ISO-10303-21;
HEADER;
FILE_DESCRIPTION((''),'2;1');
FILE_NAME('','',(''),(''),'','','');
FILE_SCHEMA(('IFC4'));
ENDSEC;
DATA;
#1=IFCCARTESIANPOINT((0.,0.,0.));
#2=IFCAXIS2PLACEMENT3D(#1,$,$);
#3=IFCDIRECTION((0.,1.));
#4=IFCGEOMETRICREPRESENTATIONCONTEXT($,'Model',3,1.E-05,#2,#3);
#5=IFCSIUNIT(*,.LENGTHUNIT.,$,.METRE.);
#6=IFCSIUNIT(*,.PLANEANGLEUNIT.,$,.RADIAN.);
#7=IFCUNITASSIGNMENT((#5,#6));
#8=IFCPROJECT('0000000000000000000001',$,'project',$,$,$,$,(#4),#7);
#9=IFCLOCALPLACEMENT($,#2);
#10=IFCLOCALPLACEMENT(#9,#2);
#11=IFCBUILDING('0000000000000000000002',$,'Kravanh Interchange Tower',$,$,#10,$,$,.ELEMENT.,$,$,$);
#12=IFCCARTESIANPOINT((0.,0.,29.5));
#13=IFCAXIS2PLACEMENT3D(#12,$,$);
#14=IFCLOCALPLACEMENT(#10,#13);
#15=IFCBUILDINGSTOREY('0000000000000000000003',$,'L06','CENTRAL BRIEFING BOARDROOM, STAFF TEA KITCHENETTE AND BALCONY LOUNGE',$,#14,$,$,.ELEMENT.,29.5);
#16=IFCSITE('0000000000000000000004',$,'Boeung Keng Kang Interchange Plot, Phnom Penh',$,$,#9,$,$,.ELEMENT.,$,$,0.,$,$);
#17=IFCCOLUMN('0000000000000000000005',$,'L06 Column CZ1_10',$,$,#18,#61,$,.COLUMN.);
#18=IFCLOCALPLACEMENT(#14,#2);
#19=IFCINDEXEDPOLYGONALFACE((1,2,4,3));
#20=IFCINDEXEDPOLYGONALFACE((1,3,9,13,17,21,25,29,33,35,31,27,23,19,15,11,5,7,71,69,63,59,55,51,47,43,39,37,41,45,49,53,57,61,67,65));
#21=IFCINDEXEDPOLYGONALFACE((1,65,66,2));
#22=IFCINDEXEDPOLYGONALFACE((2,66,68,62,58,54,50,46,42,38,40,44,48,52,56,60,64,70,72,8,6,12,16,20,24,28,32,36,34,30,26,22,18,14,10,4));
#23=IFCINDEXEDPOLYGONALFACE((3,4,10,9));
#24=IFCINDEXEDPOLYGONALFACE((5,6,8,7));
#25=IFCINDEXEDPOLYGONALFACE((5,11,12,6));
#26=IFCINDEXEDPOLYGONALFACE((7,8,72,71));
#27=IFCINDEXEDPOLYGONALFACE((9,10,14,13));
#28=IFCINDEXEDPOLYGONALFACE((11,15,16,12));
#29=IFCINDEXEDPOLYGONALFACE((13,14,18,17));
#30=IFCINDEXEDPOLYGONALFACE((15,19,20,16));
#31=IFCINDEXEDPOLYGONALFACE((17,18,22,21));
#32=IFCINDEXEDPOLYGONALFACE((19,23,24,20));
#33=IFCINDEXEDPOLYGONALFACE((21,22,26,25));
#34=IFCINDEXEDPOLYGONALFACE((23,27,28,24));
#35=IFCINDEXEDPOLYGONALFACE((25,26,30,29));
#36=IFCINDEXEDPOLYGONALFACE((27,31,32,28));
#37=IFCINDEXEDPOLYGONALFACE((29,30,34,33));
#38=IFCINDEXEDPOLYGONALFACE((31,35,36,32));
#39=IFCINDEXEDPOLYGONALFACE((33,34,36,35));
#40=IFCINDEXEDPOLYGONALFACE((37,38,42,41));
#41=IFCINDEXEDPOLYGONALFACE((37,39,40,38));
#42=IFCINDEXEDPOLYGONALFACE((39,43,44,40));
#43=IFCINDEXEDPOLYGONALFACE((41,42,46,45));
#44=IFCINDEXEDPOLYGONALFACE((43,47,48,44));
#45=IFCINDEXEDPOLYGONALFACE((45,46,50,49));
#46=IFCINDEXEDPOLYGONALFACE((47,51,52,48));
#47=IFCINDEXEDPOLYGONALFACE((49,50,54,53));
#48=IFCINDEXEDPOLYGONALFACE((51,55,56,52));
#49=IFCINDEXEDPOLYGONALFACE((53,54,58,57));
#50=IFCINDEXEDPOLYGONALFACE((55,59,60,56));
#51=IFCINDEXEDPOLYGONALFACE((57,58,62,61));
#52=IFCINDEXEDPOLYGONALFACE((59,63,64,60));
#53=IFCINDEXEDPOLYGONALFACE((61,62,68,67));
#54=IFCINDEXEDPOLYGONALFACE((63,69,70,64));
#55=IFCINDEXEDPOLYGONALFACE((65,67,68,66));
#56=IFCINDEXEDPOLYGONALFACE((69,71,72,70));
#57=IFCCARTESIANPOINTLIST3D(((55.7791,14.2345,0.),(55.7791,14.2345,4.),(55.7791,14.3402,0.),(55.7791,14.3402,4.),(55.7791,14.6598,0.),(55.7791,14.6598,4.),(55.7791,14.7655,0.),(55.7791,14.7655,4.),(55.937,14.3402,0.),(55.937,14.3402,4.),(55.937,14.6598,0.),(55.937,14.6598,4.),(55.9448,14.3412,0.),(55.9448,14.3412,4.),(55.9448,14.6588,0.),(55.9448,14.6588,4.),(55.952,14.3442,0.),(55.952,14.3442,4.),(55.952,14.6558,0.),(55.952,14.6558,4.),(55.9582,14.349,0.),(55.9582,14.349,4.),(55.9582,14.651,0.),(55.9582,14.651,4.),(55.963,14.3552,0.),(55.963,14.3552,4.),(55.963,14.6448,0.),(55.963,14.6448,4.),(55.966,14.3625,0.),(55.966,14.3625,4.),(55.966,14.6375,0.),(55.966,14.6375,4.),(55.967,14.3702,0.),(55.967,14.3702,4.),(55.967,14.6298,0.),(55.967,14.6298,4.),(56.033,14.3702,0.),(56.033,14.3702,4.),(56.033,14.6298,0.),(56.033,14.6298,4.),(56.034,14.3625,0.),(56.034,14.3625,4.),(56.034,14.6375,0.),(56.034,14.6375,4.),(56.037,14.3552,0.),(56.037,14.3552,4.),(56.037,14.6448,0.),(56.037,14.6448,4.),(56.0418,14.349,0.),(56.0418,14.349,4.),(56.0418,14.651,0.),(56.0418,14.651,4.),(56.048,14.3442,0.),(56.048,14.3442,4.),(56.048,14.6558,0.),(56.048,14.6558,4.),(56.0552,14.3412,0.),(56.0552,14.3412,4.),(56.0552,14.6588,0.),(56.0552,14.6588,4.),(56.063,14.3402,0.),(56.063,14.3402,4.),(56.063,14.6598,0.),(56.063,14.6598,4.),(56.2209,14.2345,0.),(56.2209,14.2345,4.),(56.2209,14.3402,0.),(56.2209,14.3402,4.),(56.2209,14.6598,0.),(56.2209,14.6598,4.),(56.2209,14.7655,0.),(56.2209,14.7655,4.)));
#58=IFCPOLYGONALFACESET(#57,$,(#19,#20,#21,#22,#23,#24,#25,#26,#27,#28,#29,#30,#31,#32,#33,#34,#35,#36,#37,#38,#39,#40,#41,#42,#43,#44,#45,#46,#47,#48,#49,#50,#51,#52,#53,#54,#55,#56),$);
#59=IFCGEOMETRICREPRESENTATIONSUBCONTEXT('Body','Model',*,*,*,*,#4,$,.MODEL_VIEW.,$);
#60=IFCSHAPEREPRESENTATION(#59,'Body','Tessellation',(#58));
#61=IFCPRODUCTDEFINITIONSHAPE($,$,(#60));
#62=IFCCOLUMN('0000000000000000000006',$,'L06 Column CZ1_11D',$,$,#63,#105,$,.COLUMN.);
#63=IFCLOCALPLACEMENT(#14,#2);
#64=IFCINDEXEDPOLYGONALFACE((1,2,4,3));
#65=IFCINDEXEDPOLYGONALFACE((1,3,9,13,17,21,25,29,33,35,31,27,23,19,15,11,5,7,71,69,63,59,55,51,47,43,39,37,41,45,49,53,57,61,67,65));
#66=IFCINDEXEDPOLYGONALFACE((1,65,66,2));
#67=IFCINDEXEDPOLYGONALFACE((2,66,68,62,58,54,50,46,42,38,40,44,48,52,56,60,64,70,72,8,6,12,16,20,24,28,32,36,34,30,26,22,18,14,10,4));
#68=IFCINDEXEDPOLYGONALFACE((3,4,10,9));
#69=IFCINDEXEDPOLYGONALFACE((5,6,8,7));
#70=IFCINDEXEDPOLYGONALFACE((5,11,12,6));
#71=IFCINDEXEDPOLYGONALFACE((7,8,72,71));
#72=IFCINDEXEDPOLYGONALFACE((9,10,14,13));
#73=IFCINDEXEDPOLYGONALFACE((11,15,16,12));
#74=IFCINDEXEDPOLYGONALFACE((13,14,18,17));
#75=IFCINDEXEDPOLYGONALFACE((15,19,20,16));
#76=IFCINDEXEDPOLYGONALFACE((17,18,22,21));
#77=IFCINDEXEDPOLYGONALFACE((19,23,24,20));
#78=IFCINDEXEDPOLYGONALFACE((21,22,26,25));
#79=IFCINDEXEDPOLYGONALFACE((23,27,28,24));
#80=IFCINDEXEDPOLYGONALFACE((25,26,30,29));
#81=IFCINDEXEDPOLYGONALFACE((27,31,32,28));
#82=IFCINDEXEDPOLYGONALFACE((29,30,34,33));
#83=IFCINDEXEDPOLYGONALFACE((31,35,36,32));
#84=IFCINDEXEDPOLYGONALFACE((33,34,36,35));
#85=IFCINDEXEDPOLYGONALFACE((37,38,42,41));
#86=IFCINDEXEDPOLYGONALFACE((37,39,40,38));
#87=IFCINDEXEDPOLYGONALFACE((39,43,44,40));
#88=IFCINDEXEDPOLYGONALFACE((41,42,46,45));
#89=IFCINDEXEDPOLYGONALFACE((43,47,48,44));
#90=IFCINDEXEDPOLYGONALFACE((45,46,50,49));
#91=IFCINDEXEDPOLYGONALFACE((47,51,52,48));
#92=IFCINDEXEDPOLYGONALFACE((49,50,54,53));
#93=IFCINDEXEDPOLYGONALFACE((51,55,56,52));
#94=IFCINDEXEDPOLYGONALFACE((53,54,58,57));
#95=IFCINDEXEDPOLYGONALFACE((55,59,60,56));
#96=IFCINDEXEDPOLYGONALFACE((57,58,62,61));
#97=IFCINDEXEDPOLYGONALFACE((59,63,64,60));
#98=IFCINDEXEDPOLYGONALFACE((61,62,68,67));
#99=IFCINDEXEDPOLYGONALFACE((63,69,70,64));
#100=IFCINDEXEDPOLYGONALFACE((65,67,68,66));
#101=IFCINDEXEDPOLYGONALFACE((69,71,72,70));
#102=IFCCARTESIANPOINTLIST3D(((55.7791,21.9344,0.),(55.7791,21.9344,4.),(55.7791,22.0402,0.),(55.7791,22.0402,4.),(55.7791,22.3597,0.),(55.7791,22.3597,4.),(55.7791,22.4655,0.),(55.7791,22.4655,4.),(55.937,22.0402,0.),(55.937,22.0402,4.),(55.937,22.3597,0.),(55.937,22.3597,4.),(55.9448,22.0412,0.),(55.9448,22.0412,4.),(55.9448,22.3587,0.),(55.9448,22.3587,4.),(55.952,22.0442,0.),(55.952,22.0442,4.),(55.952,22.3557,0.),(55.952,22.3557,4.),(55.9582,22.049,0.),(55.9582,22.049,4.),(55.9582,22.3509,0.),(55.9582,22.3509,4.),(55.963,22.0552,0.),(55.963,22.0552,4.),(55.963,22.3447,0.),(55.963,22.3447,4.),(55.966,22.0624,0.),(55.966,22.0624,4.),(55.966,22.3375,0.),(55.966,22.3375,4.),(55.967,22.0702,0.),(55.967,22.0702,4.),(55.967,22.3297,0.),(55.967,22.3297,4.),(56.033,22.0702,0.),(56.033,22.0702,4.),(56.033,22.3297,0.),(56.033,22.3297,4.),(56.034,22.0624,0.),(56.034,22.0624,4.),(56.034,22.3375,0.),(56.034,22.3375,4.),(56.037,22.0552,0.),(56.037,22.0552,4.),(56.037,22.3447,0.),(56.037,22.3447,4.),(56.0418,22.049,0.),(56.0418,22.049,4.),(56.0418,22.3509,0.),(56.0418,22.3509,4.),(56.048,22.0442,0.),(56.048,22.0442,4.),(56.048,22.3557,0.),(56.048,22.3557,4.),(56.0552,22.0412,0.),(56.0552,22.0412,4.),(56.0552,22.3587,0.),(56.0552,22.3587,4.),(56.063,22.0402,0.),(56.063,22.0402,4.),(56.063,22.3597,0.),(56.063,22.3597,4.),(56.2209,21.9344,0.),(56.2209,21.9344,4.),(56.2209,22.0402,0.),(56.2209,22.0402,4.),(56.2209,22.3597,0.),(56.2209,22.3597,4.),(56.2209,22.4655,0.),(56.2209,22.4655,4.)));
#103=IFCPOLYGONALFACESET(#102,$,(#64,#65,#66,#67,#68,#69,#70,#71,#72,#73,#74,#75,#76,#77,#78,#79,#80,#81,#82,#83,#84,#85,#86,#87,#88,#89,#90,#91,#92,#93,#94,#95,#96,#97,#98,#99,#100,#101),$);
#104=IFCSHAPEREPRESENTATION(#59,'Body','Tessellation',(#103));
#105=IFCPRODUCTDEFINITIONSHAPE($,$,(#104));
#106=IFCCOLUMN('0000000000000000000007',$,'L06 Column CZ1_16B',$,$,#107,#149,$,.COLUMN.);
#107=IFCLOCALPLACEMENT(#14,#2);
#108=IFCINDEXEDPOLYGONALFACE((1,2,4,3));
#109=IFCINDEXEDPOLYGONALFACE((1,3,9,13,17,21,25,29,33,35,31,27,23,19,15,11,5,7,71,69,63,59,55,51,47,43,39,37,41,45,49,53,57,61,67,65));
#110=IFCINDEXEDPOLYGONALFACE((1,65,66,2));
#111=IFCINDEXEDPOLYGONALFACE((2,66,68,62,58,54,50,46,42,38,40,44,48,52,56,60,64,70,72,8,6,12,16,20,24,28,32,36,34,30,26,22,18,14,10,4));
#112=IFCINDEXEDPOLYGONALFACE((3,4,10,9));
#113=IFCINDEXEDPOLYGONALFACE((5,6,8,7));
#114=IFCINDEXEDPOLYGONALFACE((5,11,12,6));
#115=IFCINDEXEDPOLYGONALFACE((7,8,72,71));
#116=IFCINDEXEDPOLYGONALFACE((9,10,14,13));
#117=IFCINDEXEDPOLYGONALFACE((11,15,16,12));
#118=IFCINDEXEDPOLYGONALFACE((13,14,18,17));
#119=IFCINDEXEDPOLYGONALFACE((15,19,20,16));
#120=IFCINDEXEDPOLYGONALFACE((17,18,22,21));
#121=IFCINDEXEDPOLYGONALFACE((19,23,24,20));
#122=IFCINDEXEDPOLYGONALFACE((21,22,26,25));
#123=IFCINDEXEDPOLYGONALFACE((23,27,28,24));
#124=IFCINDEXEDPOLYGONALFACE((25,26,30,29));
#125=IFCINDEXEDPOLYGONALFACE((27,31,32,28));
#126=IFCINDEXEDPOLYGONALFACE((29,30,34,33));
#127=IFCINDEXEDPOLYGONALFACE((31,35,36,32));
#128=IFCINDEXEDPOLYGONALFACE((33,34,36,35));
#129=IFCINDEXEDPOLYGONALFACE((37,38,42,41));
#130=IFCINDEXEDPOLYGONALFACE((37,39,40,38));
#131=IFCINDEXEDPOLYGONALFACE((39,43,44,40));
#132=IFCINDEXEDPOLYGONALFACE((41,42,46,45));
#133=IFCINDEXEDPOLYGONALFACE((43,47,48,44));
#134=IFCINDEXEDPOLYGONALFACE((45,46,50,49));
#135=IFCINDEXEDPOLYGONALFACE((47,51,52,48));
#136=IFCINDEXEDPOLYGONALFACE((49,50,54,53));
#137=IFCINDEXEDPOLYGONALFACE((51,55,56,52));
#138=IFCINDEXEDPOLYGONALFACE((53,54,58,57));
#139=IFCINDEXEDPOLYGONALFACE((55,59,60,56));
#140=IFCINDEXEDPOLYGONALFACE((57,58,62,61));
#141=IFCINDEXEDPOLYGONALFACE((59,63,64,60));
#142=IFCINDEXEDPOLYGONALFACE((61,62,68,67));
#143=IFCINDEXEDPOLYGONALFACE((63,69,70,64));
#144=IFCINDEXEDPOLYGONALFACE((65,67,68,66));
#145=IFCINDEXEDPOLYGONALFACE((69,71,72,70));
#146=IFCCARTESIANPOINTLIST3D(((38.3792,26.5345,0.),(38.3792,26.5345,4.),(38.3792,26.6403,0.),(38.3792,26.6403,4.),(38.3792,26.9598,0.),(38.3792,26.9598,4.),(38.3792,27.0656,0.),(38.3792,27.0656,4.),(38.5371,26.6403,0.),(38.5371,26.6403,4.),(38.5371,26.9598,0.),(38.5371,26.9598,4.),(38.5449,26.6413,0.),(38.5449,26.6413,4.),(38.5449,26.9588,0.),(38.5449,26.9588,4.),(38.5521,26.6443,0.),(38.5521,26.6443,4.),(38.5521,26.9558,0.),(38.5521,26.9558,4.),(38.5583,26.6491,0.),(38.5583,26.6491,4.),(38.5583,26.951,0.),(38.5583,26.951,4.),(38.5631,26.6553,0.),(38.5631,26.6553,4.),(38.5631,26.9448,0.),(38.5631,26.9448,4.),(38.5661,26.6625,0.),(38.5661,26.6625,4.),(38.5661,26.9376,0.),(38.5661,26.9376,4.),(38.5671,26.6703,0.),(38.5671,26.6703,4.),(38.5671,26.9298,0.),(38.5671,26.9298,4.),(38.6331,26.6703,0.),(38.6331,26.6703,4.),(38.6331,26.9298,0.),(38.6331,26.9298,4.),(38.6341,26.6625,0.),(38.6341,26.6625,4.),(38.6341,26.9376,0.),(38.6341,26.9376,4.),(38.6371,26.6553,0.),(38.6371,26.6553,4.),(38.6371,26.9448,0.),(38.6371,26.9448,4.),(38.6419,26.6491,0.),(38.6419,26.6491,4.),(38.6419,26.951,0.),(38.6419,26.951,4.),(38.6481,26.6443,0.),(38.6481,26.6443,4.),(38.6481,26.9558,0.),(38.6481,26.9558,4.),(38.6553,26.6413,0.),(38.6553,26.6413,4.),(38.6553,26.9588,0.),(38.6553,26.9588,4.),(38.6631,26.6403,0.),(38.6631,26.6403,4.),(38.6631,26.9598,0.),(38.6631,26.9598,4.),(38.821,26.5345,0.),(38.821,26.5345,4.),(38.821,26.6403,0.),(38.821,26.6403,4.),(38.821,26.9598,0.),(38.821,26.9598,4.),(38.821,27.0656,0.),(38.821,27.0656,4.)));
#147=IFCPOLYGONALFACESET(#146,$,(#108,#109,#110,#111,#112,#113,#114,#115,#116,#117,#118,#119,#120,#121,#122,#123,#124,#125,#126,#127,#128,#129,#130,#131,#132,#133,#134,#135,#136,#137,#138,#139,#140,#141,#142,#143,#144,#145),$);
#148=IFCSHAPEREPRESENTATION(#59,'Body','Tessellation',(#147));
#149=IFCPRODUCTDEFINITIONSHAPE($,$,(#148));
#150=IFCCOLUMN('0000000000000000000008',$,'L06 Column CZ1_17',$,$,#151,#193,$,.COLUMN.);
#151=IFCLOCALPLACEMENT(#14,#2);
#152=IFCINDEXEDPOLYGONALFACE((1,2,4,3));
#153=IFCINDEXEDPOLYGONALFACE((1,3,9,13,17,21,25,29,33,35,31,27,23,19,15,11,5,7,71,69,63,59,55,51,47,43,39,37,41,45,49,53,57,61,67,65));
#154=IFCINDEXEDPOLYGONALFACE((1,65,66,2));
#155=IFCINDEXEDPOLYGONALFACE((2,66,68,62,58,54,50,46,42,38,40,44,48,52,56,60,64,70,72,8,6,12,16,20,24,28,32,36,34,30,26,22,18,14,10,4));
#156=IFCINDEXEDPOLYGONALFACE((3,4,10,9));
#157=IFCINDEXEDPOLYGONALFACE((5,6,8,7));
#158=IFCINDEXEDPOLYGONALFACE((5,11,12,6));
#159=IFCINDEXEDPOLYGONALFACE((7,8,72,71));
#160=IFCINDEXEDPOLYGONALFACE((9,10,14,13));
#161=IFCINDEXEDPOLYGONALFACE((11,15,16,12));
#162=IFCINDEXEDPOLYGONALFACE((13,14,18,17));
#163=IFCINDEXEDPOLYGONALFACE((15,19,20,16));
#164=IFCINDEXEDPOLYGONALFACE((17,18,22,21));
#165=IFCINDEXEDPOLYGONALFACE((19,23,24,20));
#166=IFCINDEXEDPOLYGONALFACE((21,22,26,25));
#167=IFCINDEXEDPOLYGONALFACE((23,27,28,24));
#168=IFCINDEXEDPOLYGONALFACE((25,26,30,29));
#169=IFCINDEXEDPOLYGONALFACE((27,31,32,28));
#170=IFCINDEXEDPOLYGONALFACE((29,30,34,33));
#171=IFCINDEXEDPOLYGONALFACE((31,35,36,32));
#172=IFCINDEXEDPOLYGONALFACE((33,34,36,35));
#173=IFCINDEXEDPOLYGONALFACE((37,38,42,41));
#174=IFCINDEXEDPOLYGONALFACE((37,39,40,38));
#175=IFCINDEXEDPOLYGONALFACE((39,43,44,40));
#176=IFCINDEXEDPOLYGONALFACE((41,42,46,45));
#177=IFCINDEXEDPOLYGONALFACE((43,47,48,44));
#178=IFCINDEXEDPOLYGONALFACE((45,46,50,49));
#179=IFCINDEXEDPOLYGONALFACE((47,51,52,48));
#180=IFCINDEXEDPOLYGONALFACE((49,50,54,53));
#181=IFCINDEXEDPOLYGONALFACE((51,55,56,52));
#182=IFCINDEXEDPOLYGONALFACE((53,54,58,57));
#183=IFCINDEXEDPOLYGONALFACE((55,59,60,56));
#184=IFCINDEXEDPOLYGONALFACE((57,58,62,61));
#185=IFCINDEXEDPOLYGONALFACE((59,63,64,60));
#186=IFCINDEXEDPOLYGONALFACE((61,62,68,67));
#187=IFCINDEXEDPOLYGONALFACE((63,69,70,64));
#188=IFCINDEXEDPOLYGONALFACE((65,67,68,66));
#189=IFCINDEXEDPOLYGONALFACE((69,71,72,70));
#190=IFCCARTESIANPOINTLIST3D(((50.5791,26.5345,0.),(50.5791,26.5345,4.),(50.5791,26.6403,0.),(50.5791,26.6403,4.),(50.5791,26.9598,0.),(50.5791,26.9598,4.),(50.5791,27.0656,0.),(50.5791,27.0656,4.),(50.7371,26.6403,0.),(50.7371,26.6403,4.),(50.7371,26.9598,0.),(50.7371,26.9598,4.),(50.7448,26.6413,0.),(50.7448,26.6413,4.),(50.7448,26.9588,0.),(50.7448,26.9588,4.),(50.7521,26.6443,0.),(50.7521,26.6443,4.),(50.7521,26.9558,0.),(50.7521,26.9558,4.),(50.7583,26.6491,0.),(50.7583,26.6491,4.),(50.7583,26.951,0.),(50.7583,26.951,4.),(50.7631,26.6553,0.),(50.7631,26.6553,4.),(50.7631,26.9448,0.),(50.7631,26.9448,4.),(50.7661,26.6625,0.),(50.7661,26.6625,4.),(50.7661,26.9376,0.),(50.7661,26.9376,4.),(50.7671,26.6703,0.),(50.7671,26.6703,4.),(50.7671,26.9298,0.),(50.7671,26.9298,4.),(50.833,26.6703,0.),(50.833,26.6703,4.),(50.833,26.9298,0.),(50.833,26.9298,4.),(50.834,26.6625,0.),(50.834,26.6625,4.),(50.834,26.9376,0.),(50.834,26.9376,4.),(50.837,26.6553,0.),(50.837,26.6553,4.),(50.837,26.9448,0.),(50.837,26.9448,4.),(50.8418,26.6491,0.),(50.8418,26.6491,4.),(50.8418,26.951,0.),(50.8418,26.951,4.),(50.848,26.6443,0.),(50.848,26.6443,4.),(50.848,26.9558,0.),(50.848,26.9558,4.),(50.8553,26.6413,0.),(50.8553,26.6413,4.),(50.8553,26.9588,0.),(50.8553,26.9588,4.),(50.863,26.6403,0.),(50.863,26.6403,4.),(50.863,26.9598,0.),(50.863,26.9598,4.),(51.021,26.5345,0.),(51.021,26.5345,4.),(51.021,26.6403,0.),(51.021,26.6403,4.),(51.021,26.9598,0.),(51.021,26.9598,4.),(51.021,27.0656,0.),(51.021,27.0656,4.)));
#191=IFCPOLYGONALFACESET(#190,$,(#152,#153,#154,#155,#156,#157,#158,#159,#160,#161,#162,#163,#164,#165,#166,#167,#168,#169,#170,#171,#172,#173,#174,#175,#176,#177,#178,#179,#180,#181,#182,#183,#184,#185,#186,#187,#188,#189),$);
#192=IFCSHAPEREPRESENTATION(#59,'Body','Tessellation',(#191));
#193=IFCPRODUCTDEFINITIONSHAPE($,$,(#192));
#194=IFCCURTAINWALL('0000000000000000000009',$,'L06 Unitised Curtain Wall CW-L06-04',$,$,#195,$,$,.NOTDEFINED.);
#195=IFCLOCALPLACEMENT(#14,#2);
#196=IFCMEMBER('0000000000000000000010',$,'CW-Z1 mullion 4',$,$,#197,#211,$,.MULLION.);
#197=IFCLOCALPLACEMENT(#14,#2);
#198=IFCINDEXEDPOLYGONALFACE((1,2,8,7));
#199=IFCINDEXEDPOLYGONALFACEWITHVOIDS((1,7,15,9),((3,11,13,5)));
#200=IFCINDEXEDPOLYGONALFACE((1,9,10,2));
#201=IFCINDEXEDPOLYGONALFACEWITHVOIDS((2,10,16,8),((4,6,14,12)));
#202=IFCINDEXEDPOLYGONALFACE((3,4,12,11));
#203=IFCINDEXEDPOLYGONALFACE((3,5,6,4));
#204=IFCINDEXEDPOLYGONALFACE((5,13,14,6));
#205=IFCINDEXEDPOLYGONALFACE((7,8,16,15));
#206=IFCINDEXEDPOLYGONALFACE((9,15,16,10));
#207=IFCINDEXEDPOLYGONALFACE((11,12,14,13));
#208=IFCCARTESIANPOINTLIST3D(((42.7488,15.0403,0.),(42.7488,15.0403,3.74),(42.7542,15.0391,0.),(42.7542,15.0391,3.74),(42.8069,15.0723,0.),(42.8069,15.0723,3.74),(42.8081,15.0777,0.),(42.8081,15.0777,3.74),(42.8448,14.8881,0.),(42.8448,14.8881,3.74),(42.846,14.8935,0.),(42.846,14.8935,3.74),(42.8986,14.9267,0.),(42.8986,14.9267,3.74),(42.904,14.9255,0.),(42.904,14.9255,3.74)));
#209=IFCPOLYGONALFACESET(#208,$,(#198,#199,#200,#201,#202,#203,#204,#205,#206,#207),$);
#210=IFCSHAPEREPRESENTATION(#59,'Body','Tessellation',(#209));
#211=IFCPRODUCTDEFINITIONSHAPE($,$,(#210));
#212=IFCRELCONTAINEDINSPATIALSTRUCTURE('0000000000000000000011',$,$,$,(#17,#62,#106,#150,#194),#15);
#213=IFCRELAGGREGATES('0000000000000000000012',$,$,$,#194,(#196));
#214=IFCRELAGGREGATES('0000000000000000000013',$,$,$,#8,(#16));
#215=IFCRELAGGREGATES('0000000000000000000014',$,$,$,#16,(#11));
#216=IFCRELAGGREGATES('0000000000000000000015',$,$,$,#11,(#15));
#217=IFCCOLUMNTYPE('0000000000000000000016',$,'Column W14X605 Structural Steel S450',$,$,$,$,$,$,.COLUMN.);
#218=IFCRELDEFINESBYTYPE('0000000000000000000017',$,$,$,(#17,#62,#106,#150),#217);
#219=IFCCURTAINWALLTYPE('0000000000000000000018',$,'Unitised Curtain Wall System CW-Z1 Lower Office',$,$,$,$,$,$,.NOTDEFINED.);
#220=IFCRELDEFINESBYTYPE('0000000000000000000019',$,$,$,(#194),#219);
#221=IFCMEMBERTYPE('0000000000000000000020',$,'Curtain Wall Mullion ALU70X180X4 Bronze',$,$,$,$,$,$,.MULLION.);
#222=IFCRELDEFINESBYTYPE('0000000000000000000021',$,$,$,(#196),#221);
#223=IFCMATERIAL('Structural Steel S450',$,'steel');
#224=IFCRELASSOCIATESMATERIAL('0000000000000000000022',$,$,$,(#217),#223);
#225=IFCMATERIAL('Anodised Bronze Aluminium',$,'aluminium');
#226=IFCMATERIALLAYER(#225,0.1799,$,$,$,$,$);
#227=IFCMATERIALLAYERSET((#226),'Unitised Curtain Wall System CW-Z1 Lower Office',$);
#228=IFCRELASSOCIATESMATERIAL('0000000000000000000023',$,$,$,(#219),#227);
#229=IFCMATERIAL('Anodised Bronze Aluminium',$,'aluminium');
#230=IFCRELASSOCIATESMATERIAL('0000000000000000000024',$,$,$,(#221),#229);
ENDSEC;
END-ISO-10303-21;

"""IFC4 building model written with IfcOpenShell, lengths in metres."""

from ifc_helpers import new_model, si_unit, direction, frame, origin, origin_2d, place, context, subcontext, project, spatial, hollow_rectangle, i_section, extrude, material, layer, layer_set, material_profile, profile_set, type_object, element, aggregate, save


model = new_model("IFC4")

# Units and contexts
model_context = context("Model", 3, precision=1e-05, world=origin(), true_north=direction((0.0, 1.0)))
body_context = subcontext(model_context, "Body", "Model", "MODEL_VIEW")
ifc_project = project(units=[si_unit("LENGTHUNIT", "METRE"), si_unit("PLANEANGLEUNIT", "RADIAN")], contexts=[model_context])

# Site, building, storey
site_placement = place(None, origin())
site = spatial("IfcSite", under=ifc_project, at=site_placement, Name="Boeung Keng Kang Interchange Plot, Phnom Penh", CompositionType="ELEMENT", RefElevation=0.0)
building_placement = place(site_placement, origin())
building = spatial("IfcBuilding", under=site, at=building_placement, Name="Kravanh Interchange Tower", CompositionType="ELEMENT")
storey_placement = place(building_placement, frame((0.0, 0.0, 29.5)))
storey = spatial("IfcBuildingStorey", under=building, at=storey_placement, Name="L06", Description="CENTRAL BRIEFING BOARDROOM, STAFF TEA KITCHENETTE AND BALCONY LOUNGE", CompositionType="ELEMENT", Elevation=29.5)

# Columns
ifc_material_1 = material(Name="Structural Steel S450", Category="steel")
ifc_material_profile_1 = material_profile(ifc_material_1, i_section(OverallWidth=0.4419, OverallDepth=0.531, WebThickness=0.0659, FlangeThickness=0.1057, FilletRadius=0.03, at=origin_2d()), Name="W14X605")
ifc_profile_set_1 = profile_set([ifc_material_profile_1], Name="Structural Steel S450")
column_type = type_object("IfcColumnType", Name="Column W14X605 Structural Steel S450", PredefinedType="COLUMN", material=ifc_profile_set_1)
for number, where, z_axis, x_axis, name in (
    (1, (56.0, 14.5, 0.0), (0.0, 0.0, 1.0), (1.0, 0.0, 0.0), "L06 Column CZ1_10"),
    (2, (56.0, 22.2, 0.0), (0.0, 0.0, 1.0), (1.0, 0.0, 0.0), "L06 Column CZ1_11D"),
    (3, (38.6001, 26.8, 0.0), (0.0, 0.0, 1.0), (1.0, 0.0, 0.0), "L06 Column CZ1_16B"),
    (4, (50.8, 26.8, 0.0), (0.0, 0.0, 1.0), (1.0, 0.0, 0.0), "L06 Column CZ1_17"),
):
    element("IfcColumn", number, at=place(storey_placement, frame(where, z_axis=z_axis, x_axis=x_axis)), inside=storey, type_object=column_type, Name=name, PredefinedType="COLUMN", context=body_context, shape_type="SweptSolid", body=[
        extrude(i_section(OverallWidth=0.4419, OverallDepth=0.531, WebThickness=0.0659, FlangeThickness=0.1057, FilletRadius=0.03, at=origin_2d()), origin(), (0.0, 0.0, 1.0), 4.0),
    ])

# Curtain wall, member
ifc_material_2 = material(Name="Anodised Bronze Aluminium", Category="aluminium")
ifc_layer_1 = layer(ifc_material_2, 0.1799)
ifc_layer_set_1 = layer_set([ifc_layer_1], Name="Unitised Curtain Wall System CW-Z1 Lower Office")
curtain_wall_type = type_object("IfcCurtainWallType", Name="Unitised Curtain Wall System CW-Z1 Lower Office", PredefinedType="NOTDEFINED", material=ifc_layer_set_1)
curtain_wall_placement = place(storey_placement, origin())
curtain_wall = element("IfcCurtainWall", 5, at=curtain_wall_placement, inside=storey, type_object=curtain_wall_type, Name="L06 Unitised Curtain Wall CW-L06-04", PredefinedType="NOTDEFINED")
ifc_material_3 = material(Name="Anodised Bronze Aluminium", Category="aluminium")
ifc_material_profile_2 = material_profile(ifc_material_3, hollow_rectangle(XDim=0.0701, YDim=0.1799, WallThickness=0.0039, at=origin_2d()), Name="ALU70X180X4")
ifc_profile_set_2 = profile_set([ifc_material_profile_2], Name="Anodised Bronze Aluminium")
member_type_1 = type_object("IfcMemberType", Name="Curtain Wall Mullion ALU70X180X4 Bronze", PredefinedType="MULLION", material=ifc_profile_set_2)
member_1_placement = place(storey_placement, frame((42.8264, 14.9829, 0.0), z_axis=(0.0, 0.0, 1.0), x_axis=(-0.845926, -0.533301, 0.0)))
member_1 = element("IfcMember", 6, at=member_1_placement, type_object=member_type_1, Name="CW-Z1 mullion 4", PredefinedType="MULLION", context=body_context, shape_type="SweptSolid", body=[
    extrude(hollow_rectangle(XDim=0.0701, YDim=0.1799, WallThickness=0.0039, at=origin_2d()), origin(), (0.0, 0.0, 1.0), 3.74),
])

aggregate(curtain_wall, [member_1])

save(model, "model.ifc")
